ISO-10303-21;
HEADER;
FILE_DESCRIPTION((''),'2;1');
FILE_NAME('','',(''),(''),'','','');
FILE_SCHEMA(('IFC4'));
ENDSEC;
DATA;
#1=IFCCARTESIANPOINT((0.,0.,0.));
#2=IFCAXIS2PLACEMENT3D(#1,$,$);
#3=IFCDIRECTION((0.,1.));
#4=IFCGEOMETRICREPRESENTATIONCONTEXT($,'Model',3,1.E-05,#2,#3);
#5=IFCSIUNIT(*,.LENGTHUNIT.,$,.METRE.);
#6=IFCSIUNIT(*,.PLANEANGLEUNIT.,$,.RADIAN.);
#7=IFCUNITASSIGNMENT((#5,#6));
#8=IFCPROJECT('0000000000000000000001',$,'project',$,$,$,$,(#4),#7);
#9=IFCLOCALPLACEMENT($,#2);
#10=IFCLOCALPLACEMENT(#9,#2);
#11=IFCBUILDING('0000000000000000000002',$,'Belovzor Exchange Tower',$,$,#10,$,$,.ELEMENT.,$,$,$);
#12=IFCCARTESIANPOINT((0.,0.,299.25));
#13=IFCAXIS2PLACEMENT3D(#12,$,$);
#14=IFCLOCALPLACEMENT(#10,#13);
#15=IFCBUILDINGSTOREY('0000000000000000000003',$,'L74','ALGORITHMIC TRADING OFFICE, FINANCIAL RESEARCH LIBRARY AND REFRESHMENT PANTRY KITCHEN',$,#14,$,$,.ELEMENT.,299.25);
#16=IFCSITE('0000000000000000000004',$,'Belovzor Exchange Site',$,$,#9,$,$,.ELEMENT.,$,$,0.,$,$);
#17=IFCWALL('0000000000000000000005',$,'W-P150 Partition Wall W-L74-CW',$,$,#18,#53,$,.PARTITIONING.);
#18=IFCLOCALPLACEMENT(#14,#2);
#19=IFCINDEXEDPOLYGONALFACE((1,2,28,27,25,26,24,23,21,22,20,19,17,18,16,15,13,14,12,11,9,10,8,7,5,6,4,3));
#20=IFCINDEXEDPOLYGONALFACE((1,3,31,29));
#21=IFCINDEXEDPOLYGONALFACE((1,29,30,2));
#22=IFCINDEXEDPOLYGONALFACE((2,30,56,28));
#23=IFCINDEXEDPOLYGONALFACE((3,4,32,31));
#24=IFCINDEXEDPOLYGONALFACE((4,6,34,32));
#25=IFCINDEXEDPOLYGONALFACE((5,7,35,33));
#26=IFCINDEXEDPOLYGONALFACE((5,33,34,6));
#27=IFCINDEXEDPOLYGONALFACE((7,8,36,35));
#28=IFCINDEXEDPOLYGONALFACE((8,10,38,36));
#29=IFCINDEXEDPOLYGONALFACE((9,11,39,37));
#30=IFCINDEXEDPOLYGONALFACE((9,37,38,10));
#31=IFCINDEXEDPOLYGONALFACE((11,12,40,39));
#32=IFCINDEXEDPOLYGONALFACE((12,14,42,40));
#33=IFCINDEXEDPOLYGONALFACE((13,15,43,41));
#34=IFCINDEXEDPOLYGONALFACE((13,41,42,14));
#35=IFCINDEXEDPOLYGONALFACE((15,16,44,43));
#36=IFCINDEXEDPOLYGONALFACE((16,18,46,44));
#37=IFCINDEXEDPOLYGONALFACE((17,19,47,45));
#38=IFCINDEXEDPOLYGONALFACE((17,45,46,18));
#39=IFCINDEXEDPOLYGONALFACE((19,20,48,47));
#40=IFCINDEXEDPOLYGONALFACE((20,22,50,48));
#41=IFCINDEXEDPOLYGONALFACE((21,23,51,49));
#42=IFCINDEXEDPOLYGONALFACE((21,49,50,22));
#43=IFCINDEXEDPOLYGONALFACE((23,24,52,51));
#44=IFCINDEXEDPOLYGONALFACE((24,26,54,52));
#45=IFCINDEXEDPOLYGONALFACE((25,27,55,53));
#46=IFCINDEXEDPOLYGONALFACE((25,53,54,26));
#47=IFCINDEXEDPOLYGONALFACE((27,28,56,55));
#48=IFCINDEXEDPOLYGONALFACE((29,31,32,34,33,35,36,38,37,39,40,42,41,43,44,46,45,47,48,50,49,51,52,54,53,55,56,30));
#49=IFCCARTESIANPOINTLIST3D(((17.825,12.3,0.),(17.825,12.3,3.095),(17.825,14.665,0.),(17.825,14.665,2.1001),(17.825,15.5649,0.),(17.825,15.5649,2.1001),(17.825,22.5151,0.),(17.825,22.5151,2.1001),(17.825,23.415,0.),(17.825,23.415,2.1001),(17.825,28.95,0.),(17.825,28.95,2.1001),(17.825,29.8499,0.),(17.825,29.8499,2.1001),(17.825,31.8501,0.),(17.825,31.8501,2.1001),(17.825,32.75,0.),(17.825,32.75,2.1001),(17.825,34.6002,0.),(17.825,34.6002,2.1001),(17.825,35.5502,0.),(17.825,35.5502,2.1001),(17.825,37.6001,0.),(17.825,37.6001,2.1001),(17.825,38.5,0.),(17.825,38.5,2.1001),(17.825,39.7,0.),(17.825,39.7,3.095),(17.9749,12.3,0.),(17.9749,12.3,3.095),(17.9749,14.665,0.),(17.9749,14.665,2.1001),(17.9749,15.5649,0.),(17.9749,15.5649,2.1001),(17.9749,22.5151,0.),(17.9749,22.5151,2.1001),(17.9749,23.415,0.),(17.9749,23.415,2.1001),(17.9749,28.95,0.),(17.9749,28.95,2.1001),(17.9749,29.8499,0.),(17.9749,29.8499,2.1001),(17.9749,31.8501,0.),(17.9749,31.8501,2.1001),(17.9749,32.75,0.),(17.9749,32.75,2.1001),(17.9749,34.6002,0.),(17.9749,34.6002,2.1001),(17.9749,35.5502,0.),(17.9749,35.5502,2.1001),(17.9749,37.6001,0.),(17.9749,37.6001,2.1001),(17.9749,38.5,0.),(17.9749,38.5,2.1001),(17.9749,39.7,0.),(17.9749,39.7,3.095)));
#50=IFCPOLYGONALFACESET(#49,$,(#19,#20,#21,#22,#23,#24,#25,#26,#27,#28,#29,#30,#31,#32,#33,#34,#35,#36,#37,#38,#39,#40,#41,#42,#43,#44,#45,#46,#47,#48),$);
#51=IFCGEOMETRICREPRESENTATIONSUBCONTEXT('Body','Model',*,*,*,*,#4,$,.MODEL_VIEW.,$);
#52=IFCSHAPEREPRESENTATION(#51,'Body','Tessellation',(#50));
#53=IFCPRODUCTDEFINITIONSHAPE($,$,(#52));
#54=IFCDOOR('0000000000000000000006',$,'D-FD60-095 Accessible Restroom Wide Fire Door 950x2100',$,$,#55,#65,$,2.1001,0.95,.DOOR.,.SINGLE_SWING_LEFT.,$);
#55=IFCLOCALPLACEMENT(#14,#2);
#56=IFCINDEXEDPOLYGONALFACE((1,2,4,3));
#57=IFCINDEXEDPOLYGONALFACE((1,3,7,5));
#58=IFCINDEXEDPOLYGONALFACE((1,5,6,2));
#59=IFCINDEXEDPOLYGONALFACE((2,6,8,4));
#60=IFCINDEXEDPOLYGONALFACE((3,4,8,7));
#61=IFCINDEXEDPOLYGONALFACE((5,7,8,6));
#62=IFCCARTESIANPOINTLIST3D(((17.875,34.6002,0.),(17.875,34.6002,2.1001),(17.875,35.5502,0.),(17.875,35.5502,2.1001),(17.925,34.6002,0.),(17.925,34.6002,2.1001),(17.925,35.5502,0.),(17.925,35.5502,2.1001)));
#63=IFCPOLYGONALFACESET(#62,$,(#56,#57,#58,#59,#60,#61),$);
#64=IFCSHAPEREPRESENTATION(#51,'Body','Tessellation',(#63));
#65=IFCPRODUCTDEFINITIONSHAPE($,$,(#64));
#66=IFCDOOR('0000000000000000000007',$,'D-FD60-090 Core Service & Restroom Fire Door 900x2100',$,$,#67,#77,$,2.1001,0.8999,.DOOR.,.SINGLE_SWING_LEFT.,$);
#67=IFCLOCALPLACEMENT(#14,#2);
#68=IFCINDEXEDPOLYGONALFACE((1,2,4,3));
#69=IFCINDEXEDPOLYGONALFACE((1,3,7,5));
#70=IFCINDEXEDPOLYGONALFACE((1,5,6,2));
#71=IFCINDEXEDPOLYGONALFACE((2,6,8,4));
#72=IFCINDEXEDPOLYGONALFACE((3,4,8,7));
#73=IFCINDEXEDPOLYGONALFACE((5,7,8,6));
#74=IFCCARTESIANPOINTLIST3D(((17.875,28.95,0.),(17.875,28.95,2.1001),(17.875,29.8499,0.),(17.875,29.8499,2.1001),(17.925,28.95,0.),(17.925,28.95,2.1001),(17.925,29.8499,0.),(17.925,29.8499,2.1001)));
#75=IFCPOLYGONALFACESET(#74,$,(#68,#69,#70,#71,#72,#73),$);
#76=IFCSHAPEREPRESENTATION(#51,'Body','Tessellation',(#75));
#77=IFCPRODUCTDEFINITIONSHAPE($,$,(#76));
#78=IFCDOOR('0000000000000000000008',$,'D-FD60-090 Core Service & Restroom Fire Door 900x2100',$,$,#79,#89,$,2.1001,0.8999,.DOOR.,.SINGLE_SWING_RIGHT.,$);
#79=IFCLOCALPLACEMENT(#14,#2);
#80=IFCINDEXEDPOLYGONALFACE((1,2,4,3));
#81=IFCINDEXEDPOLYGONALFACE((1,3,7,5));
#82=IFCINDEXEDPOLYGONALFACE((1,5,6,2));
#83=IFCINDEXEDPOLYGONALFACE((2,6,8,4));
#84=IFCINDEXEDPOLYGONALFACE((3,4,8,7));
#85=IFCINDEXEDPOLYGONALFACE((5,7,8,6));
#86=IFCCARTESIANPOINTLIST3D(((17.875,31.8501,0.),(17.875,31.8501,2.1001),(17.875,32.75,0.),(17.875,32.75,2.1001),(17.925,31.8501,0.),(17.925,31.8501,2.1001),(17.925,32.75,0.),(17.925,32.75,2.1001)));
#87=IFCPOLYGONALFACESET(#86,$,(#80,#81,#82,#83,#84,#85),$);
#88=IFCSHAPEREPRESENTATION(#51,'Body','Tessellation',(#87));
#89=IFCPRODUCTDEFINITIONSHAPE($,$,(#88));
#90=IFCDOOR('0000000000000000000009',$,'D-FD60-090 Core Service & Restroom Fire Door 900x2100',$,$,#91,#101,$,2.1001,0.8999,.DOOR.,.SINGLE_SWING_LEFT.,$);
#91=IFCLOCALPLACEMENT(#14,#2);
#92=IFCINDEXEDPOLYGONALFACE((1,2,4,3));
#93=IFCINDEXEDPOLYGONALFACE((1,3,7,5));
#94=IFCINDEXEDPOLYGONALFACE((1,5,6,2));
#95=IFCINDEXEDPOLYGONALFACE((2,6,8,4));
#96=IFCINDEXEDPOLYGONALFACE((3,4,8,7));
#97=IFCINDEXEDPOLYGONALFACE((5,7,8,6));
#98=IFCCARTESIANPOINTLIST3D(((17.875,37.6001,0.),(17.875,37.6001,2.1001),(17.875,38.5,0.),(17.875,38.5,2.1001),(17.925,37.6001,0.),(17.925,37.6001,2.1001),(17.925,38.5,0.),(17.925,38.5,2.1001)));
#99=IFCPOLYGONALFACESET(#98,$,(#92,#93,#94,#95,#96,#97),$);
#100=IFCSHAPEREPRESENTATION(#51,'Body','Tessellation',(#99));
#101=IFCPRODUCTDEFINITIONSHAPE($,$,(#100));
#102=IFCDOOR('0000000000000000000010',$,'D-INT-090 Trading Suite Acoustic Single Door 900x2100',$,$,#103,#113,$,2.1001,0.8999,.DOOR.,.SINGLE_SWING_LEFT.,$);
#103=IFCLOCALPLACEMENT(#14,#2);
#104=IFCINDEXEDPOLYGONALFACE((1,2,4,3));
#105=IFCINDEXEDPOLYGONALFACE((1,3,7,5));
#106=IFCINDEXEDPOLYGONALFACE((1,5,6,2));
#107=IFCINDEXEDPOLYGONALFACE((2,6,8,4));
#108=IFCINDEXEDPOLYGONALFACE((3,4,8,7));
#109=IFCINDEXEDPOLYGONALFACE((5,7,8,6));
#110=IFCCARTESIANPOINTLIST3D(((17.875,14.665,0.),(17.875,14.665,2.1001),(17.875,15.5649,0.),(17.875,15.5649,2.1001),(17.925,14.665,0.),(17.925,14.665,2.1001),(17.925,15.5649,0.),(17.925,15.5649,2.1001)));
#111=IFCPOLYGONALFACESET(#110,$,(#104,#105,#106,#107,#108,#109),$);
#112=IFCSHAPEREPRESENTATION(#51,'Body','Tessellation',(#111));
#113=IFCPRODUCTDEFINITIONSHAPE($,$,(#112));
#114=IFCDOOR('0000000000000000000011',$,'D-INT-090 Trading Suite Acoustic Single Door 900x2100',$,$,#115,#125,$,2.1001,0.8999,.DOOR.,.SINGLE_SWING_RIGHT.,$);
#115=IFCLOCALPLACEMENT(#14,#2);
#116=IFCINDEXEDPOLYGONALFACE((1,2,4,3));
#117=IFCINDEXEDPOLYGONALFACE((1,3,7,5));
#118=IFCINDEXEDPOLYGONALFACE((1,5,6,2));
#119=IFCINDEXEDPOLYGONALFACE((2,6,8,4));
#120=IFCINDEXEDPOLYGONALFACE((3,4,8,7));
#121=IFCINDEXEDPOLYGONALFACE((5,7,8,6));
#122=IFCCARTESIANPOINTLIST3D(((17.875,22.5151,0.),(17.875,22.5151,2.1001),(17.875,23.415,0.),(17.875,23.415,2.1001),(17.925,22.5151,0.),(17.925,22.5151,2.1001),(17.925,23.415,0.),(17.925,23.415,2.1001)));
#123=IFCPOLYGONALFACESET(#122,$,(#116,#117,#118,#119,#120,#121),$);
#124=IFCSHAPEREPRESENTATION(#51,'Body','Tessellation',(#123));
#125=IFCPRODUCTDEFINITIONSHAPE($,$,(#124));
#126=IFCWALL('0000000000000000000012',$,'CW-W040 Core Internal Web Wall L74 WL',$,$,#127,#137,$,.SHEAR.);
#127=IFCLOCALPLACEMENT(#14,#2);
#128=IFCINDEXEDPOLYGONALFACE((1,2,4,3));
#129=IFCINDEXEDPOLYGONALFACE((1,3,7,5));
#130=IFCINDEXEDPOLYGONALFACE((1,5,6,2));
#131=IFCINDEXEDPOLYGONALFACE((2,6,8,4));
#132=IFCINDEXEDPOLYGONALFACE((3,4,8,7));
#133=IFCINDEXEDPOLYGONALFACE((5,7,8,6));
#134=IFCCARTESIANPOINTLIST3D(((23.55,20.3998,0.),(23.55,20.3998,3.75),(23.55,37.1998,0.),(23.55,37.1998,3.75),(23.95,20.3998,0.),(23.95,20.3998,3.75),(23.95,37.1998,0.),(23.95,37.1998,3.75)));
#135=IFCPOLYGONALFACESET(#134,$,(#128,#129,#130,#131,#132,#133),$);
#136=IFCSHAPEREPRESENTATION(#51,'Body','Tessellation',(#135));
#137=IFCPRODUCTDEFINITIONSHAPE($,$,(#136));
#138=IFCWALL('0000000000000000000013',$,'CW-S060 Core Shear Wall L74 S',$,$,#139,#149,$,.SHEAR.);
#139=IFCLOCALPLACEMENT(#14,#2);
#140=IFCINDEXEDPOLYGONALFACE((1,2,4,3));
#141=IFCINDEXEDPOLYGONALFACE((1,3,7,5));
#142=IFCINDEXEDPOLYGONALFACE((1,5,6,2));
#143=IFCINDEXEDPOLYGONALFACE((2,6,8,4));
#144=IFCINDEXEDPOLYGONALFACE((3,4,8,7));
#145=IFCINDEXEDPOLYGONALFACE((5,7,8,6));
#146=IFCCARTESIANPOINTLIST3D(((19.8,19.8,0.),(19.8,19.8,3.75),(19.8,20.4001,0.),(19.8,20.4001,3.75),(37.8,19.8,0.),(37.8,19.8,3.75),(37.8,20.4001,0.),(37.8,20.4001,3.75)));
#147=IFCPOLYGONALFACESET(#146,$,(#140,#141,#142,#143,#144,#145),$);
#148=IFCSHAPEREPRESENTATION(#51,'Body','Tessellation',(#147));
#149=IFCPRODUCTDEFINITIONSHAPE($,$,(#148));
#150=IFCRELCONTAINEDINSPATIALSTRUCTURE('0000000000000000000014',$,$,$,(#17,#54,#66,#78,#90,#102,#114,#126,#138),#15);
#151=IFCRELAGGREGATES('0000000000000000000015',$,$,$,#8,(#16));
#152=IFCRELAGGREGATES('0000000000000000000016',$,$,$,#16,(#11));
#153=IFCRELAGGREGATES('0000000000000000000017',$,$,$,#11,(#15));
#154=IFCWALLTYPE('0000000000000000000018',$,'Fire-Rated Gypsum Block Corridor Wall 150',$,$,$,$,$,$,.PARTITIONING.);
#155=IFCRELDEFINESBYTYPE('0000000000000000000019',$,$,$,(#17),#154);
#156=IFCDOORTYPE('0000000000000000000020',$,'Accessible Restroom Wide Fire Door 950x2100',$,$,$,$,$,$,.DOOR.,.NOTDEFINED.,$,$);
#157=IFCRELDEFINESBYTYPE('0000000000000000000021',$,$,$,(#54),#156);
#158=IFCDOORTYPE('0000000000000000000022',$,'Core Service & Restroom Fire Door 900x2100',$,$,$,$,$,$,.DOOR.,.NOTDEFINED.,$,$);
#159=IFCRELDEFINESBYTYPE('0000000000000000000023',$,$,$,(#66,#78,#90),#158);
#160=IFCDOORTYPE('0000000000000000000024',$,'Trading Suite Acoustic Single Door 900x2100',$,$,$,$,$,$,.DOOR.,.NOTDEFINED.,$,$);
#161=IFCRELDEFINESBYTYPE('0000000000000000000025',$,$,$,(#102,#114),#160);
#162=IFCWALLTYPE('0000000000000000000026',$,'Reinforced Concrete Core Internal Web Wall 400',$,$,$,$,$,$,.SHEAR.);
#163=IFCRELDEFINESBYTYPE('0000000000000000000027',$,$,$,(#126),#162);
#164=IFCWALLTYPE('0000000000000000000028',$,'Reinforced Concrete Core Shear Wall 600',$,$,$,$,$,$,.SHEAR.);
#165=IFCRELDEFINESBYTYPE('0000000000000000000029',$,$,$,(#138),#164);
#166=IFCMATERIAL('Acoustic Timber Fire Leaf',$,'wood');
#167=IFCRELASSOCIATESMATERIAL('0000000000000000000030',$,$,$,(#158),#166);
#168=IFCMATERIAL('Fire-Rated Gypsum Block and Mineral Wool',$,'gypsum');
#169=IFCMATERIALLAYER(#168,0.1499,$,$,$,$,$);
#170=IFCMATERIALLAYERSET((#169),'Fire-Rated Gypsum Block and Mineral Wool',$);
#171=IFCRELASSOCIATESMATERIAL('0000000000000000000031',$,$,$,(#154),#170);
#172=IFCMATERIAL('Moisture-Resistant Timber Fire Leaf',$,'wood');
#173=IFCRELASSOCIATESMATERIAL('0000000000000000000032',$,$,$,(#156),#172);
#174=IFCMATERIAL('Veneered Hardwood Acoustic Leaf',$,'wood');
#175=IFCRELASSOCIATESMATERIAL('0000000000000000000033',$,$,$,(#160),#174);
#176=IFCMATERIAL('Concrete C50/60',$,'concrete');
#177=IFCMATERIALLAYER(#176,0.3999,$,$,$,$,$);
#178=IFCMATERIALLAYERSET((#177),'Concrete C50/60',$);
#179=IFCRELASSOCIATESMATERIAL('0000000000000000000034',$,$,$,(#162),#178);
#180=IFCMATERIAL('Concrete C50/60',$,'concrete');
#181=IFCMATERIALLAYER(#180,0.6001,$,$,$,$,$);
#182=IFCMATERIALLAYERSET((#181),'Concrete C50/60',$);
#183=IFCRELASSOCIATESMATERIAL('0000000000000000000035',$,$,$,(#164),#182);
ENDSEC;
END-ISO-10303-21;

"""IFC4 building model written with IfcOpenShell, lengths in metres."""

from ifc_helpers import new_model, si_unit, direction, frame, frame_2d, origin, place, context, subcontext, project, spatial, rectangle, extrude, material, layer, layer_set, type_object, element, fill, save


model = new_model("IFC4")

# Units and contexts
model_context = context("Model", 3, precision=1e-05, world=origin(), true_north=direction((0.0, 1.0)))
body_context = subcontext(model_context, "Body", "Model", "MODEL_VIEW")
ifc_project = project(units=[si_unit("LENGTHUNIT", "METRE"), si_unit("PLANEANGLEUNIT", "RADIAN")], contexts=[model_context])

# Site, building, storey
site_placement = place(None, origin())
site = spatial("IfcSite", under=ifc_project, at=site_placement, Name="Belovzor Exchange Site", CompositionType="ELEMENT", RefElevation=0.0)
building_placement = place(site_placement, origin())
building = spatial("IfcBuilding", under=site, at=building_placement, Name="Belovzor Exchange Tower", CompositionType="ELEMENT")
storey_placement = place(building_placement, frame((0.0, 0.0, 299.25)))
storey = spatial("IfcBuildingStorey", under=building, at=storey_placement, Name="L74", Description="ALGORITHMIC TRADING OFFICE, FINANCIAL RESEARCH LIBRARY AND REFRESHMENT PANTRY KITCHEN", CompositionType="ELEMENT", Elevation=299.25)

# Shared definitions
ifc_material_1 = material(Name="Acoustic Timber Fire Leaf", Category="wood")
door_type_1 = type_object("IfcDoorType", Name="Core Service & Restroom Fire Door 900x2100", OperationType="NOTDEFINED", PredefinedType="DOOR", material=ifc_material_1)
ifc_material_2 = material(Name="Fire-Rated Gypsum Block and Mineral Wool", Category="gypsum")
ifc_layer_1 = layer(ifc_material_2, 0.1499)
ifc_layer_set_1 = layer_set([ifc_layer_1], Name="Fire-Rated Gypsum Block and Mineral Wool")
wall_type_1 = type_object("IfcWallType", Name="Fire-Rated Gypsum Block Corridor Wall 150", PredefinedType="PARTITIONING", material=ifc_layer_set_1)

# Wall, openings, doors
wall_1_placement = place(storey_placement, frame((17.8999, 12.3, 0.0), z_axis=(0.0, 0.0, 1.0), x_axis=(0.0, 1.0, 0.0)))
wall_1 = element("IfcWall", 1, at=wall_1_placement, inside=storey, type_object=wall_type_1, Name="W-P150 Partition Wall W-L74-CW", PredefinedType="PARTITIONING", context=body_context, shape_type="SweptSolid", body=[
    extrude(rectangle(XDim=27.3999, YDim=0.1499, at=frame_2d((13.7, 0.0))), origin(), (0.0, 0.0, 1.0), 3.095),
])
opening_1_placement = place(wall_1_placement, frame((2.365, 0.0, 0.0)))
opening_1 = element("IfcOpeningElement", 2, at=opening_1_placement, cuts=wall_1, PredefinedType="OPENING", context=body_context, shape_type="SweptSolid", body=[
    extrude(rectangle(XDim=0.8999, YDim=2.1001, at=frame_2d((0.45, 1.05))), frame((0.0, 0.085, 0.0), z_axis=(0.0, -1.0, 0.0), x_axis=(1.0, 0.0, 0.0)), (0.0, 0.0, 1.0), 0.1699),
])
opening_2_placement = place(wall_1_placement, frame((10.2151, 0.0, 0.0)))
opening_2 = element("IfcOpeningElement", 3, at=opening_2_placement, cuts=wall_1, PredefinedType="OPENING", context=body_context, shape_type="SweptSolid", body=[
    extrude(rectangle(XDim=0.8999, YDim=2.1001, at=frame_2d((0.45, 1.05))), frame((0.0, 0.085, 0.0), z_axis=(0.0, -1.0, 0.0), x_axis=(1.0, 0.0, 0.0)), (0.0, 0.0, 1.0), 0.1699),
])
opening_3_placement = place(wall_1_placement, frame((16.6499, 0.0, 0.0)))
opening_3 = element("IfcOpeningElement", 4, at=opening_3_placement, cuts=wall_1, PredefinedType="OPENING", context=body_context, shape_type="SweptSolid", body=[
    extrude(rectangle(XDim=0.8999, YDim=2.1001, at=frame_2d((0.45, 1.05))), frame((0.0, 0.085, 0.0), z_axis=(0.0, -1.0, 0.0), x_axis=(1.0, 0.0, 0.0)), (0.0, 0.0, 1.0), 0.1699),
])
opening_4_placement = place(wall_1_placement, frame((19.55, 0.0, 0.0)))
opening_4 = element("IfcOpeningElement", 5, at=opening_4_placement, cuts=wall_1, PredefinedType="OPENING", context=body_context, shape_type="SweptSolid", body=[
    extrude(rectangle(XDim=0.8999, YDim=2.1001, at=frame_2d((0.45, 1.05))), frame((0.0, 0.085, 0.0), z_axis=(0.0, -1.0, 0.0), x_axis=(1.0, 0.0, 0.0)), (0.0, 0.0, 1.0), 0.1699),
])
opening_5_placement = place(wall_1_placement, frame((22.3, 0.0, 0.0)))
opening_5 = element("IfcOpeningElement", 6, at=opening_5_placement, cuts=wall_1, PredefinedType="OPENING", context=body_context, shape_type="SweptSolid", body=[
    extrude(rectangle(XDim=0.95, YDim=2.1001, at=frame_2d((0.4751, 1.05))), frame((0.0, 0.085, 0.0), z_axis=(0.0, -1.0, 0.0), x_axis=(1.0, 0.0, 0.0)), (0.0, 0.0, 1.0), 0.1699),
])
opening_6_placement = place(wall_1_placement, frame((25.3, 0.0, 0.0)))
opening_6 = element("IfcOpeningElement", 7, at=opening_6_placement, cuts=wall_1, PredefinedType="OPENING", context=body_context, shape_type="SweptSolid", body=[
    extrude(rectangle(XDim=0.8999, YDim=2.1001, at=frame_2d((0.45, 1.05))), frame((0.0, 0.085, 0.0), z_axis=(0.0, -1.0, 0.0), x_axis=(1.0, 0.0, 0.0)), (0.0, 0.0, 1.0), 0.1699),
])
ifc_material_3 = material(Name="Moisture-Resistant Timber Fire Leaf", Category="wood")
door_type_2 = type_object("IfcDoorType", Name="Accessible Restroom Wide Fire Door 950x2100", OperationType="NOTDEFINED", PredefinedType="DOOR", material=ifc_material_3)
door_1_placement = place(opening_5_placement, origin())
door_1 = element("IfcDoor", 8, at=door_1_placement, inside=storey, type_object=door_type_2, Name="D-FD60-095 Accessible Restroom Wide Fire Door 950x2100", OperationType="SINGLE_SWING_LEFT", OverallHeight=2.1001, OverallWidth=0.95, PredefinedType="DOOR", context=body_context, shape_type="SweptSolid", body=[
    extrude(rectangle(XDim=0.95, YDim=2.1001, at=frame_2d((0.4751, 1.05))), frame((0.0, 0.0249, 0.0), z_axis=(0.0, -1.0, 0.0), x_axis=(1.0, 0.0, 0.0)), (0.0, 0.0, 1.0), 0.05),
])
fill(opening_5, door_1)
door_2_placement = place(opening_3_placement, origin())
door_2 = element("IfcDoor", 9, at=door_2_placement, inside=storey, type_object=door_type_1, Name="D-FD60-090 Core Service & Restroom Fire Door 900x2100", OperationType="SINGLE_SWING_LEFT", OverallHeight=2.1001, OverallWidth=0.8999, PredefinedType="DOOR", context=body_context, shape_type="SweptSolid", body=[
    extrude(rectangle(XDim=0.8999, YDim=2.1001, at=frame_2d((0.45, 1.05))), frame((0.0, 0.0249, 0.0), z_axis=(0.0, -1.0, 0.0), x_axis=(1.0, 0.0, 0.0)), (0.0, 0.0, 1.0), 0.05),
])
fill(opening_3, door_2)
door_3_placement = place(opening_4_placement, origin())
door_3 = element("IfcDoor", 10, at=door_3_placement, inside=storey, type_object=door_type_1, Name="D-FD60-090 Core Service & Restroom Fire Door 900x2100", OperationType="SINGLE_SWING_RIGHT", OverallHeight=2.1001, OverallWidth=0.8999, PredefinedType="DOOR", context=body_context, shape_type="SweptSolid", body=[
    extrude(rectangle(XDim=0.8999, YDim=2.1001, at=frame_2d((0.45, 1.05))), frame((0.0, 0.0249, 0.0), z_axis=(0.0, -1.0, 0.0), x_axis=(1.0, 0.0, 0.0)), (0.0, 0.0, 1.0), 0.05),
])
fill(opening_4, door_3)
door_4_placement = place(opening_6_placement, origin())
door_4 = element("IfcDoor", 11, at=door_4_placement, inside=storey, type_object=door_type_1, Name="D-FD60-090 Core Service & Restroom Fire Door 900x2100", OperationType="SINGLE_SWING_LEFT", OverallHeight=2.1001, OverallWidth=0.8999, PredefinedType="DOOR", context=body_context, shape_type="SweptSolid", body=[
    extrude(rectangle(XDim=0.8999, YDim=2.1001, at=frame_2d((0.45, 1.05))), frame((0.0, 0.0249, 0.0), z_axis=(0.0, -1.0, 0.0), x_axis=(1.0, 0.0, 0.0)), (0.0, 0.0, 1.0), 0.05),
])
fill(opening_6, door_4)
ifc_material_4 = material(Name="Veneered Hardwood Acoustic Leaf", Category="wood")
door_type_3 = type_object("IfcDoorType", Name="Trading Suite Acoustic Single Door 900x2100", OperationType="NOTDEFINED", PredefinedType="DOOR", material=ifc_material_4)
door_5_placement = place(opening_1_placement, origin())
door_5 = element("IfcDoor", 12, at=door_5_placement, inside=storey, type_object=door_type_3, Name="D-INT-090 Trading Suite Acoustic Single Door 900x2100", OperationType="SINGLE_SWING_LEFT", OverallHeight=2.1001, OverallWidth=0.8999, PredefinedType="DOOR", context=body_context, shape_type="SweptSolid", body=[
    extrude(rectangle(XDim=0.8999, YDim=2.1001, at=frame_2d((0.45, 1.05))), frame((0.0, 0.0249, 0.0), z_axis=(0.0, -1.0, 0.0), x_axis=(1.0, 0.0, 0.0)), (0.0, 0.0, 1.0), 0.05),
])
fill(opening_1, door_5)
door_6_placement = place(opening_2_placement, origin())
door_6 = element("IfcDoor", 13, at=door_6_placement, inside=storey, type_object=door_type_3, Name="D-INT-090 Trading Suite Acoustic Single Door 900x2100", OperationType="SINGLE_SWING_RIGHT", OverallHeight=2.1001, OverallWidth=0.8999, PredefinedType="DOOR", context=body_context, shape_type="SweptSolid", body=[
    extrude(rectangle(XDim=0.8999, YDim=2.1001, at=frame_2d((0.45, 1.05))), frame((0.0, 0.0249, 0.0), z_axis=(0.0, -1.0, 0.0), x_axis=(1.0, 0.0, 0.0)), (0.0, 0.0, 1.0), 0.05),
])
fill(opening_2, door_6)

# Walls
ifc_material_5 = material(Name="Concrete C50/60", Category="concrete")
ifc_layer_2 = layer(ifc_material_5, 0.3999)
ifc_layer_set_2 = layer_set([ifc_layer_2], Name="Concrete C50/60")
wall_type_2 = type_object("IfcWallType", Name="Reinforced Concrete Core Internal Web Wall 400", PredefinedType="SHEAR", material=ifc_layer_set_2)
wall_2_placement = place(storey_placement, frame((23.75, 20.3999, 0.0), z_axis=(0.0, 0.0, 1.0), x_axis=(0.0, 1.0, 0.0)))
element("IfcWall", 14, at=wall_2_placement, inside=storey, type_object=wall_type_2, Name="CW-W040 Core Internal Web Wall L74 WL", PredefinedType="SHEAR", context=body_context, shape_type="SweptSolid", body=[
    extrude(rectangle(XDim=16.8, YDim=0.3999, at=frame_2d((8.3999, 0.0))), origin(), (0.0, 0.0, 1.0), 3.75),
])
ifc_material_6 = material(Name="Concrete C50/60", Category="concrete")
ifc_layer_3 = layer(ifc_material_6, 0.6001)
ifc_layer_set_3 = layer_set([ifc_layer_3], Name="Concrete C50/60")
wall_type_3 = type_object("IfcWallType", Name="Reinforced Concrete Core Shear Wall 600", PredefinedType="SHEAR", material=ifc_layer_set_3)
wall_3_placement = place(storey_placement, frame((19.8, 20.1001, 0.0), z_axis=(0.0, 0.0, 1.0), x_axis=(1.0, 0.0, 0.0)))
element("IfcWall", 15, at=wall_3_placement, inside=storey, type_object=wall_type_3, Name="CW-S060 Core Shear Wall L74 S", PredefinedType="SHEAR", context=body_context, shape_type="SweptSolid", body=[
    extrude(rectangle(XDim=18.0, YDim=0.6001, at=frame_2d((9.0, 0.0))), origin(), (0.0, 0.0, 1.0), 3.75),
])

save(model, "model.ifc")
